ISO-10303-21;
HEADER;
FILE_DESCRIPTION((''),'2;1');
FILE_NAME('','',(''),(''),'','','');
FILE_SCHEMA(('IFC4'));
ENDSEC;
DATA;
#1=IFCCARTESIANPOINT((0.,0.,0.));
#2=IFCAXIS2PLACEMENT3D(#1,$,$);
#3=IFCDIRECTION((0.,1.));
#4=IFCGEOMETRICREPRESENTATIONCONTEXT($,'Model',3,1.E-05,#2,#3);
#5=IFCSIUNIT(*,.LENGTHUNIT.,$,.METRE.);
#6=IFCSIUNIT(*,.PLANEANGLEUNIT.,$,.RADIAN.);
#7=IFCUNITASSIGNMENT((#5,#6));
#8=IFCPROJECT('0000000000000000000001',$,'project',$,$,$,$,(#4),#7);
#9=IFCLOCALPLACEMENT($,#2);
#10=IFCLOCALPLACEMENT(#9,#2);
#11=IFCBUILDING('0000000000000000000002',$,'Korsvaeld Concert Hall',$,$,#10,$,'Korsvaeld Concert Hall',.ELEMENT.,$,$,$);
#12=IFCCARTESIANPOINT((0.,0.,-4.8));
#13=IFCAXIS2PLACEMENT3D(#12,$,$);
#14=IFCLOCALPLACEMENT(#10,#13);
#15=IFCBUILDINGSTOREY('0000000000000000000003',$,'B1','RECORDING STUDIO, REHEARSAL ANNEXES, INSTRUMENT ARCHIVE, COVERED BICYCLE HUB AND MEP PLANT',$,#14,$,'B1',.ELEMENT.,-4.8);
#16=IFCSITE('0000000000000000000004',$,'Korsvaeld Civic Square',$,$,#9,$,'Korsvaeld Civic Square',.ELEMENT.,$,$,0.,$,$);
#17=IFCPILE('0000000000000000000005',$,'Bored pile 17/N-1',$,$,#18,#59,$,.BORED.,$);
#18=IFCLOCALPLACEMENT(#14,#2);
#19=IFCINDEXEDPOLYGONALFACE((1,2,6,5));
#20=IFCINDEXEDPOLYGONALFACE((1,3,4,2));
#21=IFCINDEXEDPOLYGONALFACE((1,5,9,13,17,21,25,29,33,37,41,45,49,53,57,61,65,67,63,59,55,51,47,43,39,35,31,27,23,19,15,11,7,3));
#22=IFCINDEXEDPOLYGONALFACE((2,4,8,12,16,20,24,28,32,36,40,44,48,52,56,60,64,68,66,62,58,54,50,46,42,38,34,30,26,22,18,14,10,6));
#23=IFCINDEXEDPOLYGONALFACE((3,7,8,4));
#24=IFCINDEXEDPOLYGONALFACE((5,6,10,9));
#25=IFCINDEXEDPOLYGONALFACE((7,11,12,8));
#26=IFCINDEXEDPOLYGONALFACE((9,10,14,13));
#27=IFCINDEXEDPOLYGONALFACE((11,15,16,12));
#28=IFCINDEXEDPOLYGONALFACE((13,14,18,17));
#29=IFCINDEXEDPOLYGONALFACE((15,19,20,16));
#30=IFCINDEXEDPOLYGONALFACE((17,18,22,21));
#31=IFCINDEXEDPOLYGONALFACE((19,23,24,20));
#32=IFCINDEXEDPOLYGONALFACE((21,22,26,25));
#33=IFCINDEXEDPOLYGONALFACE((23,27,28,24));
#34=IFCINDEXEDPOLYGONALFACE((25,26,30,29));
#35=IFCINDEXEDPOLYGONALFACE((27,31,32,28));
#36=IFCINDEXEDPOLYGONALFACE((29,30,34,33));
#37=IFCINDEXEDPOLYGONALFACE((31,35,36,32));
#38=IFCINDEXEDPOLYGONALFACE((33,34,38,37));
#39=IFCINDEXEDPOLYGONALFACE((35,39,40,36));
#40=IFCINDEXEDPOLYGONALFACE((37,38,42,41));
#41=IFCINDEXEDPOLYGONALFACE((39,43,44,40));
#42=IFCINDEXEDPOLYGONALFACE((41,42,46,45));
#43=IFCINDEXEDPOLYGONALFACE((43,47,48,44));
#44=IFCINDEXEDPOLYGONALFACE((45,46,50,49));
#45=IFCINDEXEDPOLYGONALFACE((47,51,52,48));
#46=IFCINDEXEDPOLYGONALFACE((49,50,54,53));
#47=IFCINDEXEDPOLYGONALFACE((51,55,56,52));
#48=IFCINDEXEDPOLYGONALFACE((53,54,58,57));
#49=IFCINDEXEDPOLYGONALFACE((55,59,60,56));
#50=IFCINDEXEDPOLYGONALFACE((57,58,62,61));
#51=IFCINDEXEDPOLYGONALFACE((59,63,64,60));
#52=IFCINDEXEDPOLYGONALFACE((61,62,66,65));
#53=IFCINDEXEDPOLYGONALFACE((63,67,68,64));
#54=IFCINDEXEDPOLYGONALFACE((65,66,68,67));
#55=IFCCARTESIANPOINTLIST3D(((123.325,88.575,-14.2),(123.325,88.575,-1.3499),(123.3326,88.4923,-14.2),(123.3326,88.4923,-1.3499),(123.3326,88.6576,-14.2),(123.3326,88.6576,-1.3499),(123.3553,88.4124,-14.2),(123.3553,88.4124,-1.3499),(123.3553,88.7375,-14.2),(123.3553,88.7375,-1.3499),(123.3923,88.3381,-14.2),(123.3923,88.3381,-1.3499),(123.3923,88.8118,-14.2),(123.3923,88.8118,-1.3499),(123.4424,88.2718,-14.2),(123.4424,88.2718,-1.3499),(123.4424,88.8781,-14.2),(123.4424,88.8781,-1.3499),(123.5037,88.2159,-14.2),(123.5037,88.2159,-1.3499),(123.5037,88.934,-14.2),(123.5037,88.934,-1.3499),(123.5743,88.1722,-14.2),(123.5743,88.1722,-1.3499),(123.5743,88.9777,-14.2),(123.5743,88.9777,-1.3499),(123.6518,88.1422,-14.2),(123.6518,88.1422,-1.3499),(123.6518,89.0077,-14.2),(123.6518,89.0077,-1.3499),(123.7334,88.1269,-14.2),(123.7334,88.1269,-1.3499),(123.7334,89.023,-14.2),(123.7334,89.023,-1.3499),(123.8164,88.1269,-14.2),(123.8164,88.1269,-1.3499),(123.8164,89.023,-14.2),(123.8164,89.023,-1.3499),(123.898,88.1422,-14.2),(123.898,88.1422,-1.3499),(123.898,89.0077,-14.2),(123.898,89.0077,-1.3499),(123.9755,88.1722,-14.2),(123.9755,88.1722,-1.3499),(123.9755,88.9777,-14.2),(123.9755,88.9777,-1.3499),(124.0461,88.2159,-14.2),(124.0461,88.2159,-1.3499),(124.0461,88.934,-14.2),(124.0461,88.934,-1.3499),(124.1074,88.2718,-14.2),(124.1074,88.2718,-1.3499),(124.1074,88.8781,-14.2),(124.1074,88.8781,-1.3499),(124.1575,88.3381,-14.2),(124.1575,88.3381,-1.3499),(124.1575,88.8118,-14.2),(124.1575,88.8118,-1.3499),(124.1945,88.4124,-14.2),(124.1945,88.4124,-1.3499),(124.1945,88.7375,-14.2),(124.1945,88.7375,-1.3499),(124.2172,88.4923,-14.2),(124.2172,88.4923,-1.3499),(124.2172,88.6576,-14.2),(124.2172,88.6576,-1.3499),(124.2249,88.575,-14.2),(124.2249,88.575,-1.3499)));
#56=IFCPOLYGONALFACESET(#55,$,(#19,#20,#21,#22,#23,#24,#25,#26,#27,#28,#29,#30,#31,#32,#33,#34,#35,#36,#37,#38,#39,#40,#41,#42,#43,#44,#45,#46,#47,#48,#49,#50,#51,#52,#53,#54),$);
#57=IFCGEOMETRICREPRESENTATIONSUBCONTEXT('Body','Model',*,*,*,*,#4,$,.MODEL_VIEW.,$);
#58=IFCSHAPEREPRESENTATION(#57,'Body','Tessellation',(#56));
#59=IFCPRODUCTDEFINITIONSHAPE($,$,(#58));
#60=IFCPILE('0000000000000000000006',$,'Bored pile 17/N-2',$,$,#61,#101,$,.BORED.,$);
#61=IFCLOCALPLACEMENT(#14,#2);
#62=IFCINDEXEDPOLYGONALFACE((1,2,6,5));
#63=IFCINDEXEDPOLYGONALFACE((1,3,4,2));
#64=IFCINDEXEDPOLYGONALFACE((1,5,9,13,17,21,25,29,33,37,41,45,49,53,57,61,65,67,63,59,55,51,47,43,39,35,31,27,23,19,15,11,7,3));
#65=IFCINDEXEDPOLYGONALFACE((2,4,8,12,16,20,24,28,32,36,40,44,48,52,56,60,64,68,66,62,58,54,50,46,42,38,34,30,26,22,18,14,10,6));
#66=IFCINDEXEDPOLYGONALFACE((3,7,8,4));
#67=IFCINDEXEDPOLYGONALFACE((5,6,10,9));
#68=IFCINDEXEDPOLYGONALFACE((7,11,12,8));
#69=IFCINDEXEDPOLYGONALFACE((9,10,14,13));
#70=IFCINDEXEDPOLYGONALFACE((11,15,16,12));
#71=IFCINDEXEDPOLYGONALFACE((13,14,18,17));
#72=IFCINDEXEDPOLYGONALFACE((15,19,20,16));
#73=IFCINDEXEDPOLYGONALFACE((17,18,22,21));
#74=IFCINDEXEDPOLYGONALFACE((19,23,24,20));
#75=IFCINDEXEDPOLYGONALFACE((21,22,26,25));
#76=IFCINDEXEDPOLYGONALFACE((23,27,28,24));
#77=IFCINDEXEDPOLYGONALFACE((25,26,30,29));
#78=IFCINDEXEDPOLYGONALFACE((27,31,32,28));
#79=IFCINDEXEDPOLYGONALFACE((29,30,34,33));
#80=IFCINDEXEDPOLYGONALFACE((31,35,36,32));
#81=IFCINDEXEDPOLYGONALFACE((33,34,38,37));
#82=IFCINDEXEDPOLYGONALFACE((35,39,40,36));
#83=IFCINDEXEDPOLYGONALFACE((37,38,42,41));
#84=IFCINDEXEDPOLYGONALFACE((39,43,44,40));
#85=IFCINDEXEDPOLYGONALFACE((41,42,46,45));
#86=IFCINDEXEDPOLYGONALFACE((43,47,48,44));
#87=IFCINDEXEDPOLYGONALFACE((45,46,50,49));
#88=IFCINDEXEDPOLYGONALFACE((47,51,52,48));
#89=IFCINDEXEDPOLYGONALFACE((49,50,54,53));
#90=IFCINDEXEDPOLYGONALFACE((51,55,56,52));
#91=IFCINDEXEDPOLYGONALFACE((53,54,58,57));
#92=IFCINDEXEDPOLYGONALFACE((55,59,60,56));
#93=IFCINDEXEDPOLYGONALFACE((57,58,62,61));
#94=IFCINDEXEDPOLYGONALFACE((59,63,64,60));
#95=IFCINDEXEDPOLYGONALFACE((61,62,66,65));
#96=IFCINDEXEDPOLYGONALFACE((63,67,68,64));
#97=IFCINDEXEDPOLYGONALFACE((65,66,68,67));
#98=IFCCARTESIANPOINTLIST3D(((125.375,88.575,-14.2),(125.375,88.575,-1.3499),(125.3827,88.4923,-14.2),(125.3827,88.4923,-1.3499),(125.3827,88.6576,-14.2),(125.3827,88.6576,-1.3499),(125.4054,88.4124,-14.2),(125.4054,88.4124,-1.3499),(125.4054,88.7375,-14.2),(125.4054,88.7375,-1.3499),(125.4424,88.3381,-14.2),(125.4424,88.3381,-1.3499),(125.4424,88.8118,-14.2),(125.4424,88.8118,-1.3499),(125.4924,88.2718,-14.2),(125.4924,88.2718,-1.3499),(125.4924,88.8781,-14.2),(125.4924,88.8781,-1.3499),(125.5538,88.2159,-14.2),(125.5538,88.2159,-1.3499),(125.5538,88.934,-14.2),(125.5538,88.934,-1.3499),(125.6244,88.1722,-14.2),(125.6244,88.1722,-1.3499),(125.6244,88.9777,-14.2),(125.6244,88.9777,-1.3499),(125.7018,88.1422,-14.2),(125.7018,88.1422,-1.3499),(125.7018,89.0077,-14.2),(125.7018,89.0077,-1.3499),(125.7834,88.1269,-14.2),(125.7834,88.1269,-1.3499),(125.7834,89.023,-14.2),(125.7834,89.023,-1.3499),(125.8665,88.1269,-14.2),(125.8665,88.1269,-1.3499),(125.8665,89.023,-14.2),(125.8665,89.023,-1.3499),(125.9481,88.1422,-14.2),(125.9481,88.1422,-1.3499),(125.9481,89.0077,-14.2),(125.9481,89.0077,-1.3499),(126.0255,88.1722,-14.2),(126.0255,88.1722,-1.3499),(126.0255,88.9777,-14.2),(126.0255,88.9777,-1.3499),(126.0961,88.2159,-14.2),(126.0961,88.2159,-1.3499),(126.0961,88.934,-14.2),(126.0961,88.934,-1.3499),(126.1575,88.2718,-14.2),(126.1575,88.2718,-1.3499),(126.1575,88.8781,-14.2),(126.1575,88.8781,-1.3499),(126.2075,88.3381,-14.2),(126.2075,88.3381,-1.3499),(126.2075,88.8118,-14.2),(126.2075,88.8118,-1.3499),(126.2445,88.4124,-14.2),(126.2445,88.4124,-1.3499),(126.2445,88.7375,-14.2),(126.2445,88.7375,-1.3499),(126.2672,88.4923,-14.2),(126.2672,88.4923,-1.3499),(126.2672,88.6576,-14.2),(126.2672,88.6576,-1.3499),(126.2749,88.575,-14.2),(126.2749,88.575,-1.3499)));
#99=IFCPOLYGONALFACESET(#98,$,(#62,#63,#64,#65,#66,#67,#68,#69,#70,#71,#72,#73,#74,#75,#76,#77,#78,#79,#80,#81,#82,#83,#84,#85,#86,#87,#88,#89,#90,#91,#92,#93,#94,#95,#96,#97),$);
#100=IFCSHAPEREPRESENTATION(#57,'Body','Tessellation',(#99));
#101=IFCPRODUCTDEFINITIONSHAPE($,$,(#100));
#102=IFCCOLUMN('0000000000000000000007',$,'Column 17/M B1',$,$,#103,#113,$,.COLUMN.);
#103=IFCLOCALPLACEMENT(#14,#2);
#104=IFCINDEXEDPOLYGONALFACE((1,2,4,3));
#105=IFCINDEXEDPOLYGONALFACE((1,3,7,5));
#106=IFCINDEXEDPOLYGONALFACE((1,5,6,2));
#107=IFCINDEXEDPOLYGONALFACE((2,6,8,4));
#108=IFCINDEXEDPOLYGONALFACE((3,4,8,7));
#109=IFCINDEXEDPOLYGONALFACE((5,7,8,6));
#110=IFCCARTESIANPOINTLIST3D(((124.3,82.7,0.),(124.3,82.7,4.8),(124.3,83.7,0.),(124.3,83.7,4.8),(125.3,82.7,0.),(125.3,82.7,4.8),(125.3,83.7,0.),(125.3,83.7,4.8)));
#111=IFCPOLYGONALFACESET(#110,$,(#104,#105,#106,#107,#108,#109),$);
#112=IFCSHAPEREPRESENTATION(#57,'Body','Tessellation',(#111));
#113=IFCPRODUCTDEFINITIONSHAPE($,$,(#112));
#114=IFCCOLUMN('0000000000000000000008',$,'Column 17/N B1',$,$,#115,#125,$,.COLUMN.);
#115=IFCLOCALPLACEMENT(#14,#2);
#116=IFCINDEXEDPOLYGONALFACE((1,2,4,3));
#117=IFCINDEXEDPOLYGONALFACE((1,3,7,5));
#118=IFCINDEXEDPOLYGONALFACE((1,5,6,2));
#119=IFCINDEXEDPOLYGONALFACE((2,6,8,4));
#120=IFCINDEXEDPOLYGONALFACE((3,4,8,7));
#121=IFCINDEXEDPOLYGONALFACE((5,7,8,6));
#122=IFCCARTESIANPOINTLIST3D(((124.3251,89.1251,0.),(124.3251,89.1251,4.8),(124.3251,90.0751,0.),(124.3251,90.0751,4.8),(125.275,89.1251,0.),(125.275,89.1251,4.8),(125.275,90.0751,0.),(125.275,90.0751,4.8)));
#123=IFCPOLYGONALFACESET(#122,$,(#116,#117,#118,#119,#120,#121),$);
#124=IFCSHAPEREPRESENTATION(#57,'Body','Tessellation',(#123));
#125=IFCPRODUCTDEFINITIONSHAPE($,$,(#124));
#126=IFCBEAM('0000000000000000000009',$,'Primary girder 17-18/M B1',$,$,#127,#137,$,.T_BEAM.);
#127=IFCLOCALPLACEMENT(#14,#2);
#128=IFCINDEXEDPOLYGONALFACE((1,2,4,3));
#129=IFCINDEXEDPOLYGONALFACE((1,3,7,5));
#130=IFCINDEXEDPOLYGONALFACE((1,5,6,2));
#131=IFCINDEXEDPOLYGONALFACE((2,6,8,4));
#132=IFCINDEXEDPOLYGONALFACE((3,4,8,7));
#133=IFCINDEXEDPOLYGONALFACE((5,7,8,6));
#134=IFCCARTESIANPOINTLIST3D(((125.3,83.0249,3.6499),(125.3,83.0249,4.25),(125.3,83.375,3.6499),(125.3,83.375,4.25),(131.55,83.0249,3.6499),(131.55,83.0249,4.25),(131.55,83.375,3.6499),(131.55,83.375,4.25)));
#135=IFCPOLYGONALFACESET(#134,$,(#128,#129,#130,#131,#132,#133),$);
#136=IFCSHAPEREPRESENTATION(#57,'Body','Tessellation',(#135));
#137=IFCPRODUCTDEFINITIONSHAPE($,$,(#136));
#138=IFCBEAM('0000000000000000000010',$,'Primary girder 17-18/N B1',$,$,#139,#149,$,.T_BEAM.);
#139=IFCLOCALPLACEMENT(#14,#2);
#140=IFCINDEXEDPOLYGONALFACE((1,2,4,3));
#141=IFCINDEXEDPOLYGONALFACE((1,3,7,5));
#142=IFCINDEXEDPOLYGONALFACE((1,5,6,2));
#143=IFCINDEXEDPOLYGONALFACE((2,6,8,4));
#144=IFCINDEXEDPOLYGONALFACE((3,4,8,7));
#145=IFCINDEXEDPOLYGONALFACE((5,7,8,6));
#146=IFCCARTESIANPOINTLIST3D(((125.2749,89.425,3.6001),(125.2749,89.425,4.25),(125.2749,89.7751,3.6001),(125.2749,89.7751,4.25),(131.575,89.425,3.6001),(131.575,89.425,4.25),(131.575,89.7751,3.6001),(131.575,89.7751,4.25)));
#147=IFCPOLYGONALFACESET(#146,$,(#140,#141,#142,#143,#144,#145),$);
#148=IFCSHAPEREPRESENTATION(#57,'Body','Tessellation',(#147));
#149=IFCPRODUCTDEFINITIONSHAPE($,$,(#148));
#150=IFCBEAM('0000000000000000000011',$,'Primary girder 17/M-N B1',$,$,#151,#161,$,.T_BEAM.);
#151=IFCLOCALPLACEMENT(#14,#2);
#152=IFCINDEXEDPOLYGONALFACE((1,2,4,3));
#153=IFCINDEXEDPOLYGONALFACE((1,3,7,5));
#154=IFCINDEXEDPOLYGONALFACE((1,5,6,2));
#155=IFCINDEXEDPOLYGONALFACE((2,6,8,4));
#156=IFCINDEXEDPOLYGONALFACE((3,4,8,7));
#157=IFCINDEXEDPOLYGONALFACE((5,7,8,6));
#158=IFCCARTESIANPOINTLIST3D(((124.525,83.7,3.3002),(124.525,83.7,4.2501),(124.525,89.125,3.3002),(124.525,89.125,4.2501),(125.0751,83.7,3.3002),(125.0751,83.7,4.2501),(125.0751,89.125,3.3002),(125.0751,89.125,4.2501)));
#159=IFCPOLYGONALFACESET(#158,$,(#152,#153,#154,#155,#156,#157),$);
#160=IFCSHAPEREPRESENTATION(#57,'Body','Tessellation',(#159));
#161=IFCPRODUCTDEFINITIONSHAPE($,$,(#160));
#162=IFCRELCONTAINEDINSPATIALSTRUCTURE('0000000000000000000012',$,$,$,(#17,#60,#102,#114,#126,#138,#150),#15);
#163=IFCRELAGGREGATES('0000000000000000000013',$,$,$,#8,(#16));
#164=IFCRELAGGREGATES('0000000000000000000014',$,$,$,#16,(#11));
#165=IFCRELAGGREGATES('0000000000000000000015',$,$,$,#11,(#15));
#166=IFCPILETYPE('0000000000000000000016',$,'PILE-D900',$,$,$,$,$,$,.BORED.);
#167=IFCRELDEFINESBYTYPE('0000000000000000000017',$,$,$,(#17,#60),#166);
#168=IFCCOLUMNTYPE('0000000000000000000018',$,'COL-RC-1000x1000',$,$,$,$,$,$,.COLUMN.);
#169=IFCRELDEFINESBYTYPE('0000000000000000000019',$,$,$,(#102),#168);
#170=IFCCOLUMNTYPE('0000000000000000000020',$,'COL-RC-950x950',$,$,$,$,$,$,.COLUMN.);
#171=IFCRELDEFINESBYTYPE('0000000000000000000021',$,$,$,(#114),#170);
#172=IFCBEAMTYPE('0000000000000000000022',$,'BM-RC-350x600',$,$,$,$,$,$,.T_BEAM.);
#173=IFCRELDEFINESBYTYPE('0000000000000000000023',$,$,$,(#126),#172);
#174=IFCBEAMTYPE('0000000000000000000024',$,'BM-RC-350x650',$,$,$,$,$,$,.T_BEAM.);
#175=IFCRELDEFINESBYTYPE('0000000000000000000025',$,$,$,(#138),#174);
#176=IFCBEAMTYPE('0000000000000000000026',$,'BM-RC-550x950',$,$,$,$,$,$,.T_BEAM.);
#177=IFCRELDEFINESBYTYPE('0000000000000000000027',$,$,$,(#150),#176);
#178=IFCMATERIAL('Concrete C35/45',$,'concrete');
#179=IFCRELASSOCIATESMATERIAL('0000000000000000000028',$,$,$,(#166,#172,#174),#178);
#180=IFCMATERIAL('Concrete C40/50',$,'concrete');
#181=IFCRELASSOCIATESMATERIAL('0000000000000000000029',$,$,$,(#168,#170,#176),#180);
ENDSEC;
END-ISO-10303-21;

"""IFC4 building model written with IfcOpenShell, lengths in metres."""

from ifc_helpers import new_model, si_unit, direction, frame, origin, origin_2d, place, context, subcontext, project, spatial, rectangle, circle, extrude, material, material_profile, profile_set, type_object, element, save


model = new_model("IFC4")

# Units and contexts
model_context = context("Model", 3, precision=1e-05, world=origin(), true_north=direction((0.0, 1.0)))
body_context = subcontext(model_context, "Body", "Model", "MODEL_VIEW")
ifc_project = project(units=[si_unit("LENGTHUNIT", "METRE"), si_unit("PLANEANGLEUNIT", "RADIAN")], contexts=[model_context])

# Site, building, storey
site_placement = place(None, origin())
site = spatial("IfcSite", under=ifc_project, at=site_placement, Name="Korsvaeld Civic Square", LongName="Korsvaeld Civic Square", CompositionType="ELEMENT", RefElevation=0.0)
building_placement = place(site_placement, origin())
building = spatial("IfcBuilding", under=site, at=building_placement, Name="Korsvaeld Concert Hall", LongName="Korsvaeld Concert Hall", CompositionType="ELEMENT")
storey_placement = place(building_placement, frame((0.0, 0.0, -4.8)))
storey = spatial("IfcBuildingStorey", under=building, at=storey_placement, Name="B1", Description="RECORDING STUDIO, REHEARSAL ANNEXES, INSTRUMENT ARCHIVE, COVERED BICYCLE HUB AND MEP PLANT", LongName="B1", CompositionType="ELEMENT", Elevation=-4.8)

# Shared definitions
ifc_material_1 = material(Name="Concrete C35/45", Category="concrete")

# Piles
ifc_material_2 = material(Name="Concrete C40/50", Category="concrete")
ifc_material_profile_1 = material_profile(ifc_material_1, circle(Radius=0.45, at=origin_2d()), Name="BORED PILE D900")
ifc_profile_set_1 = profile_set([ifc_material_profile_1], Name="Concrete C35/45")
pile_type_1 = type_object("IfcPileType", Name="PILE-D900", PredefinedType="BORED", material=ifc_profile_set_1)
for number, where, z_axis, x_axis, name in (
    (1, (123.7749, 88.575, -1.3499), (0.0, 0.0, -1.0), (1.0, 0.0, 0.0), "Bored pile 17/N-1"),
    (2, (125.825, 88.575, -1.3499), (0.0, 0.0, -1.0), (1.0, 0.0, 0.0), "Bored pile 17/N-2"),
):
    element("IfcPile", number, at=place(storey_placement, frame(where, z_axis=z_axis, x_axis=x_axis)), inside=storey, type_object=pile_type_1, Name=name, PredefinedType="BORED", context=body_context, shape_type="SweptSolid", body=[
        extrude(circle(Radius=0.45, at=origin_2d()), origin(), (0.0, 0.0, 1.0), 12.8501),
    ])

# Columns
ifc_material_profile_2 = material_profile(ifc_material_2, rectangle(XDim=1.0, YDim=1.0, at=origin_2d()), Name="RC 1000x1000")
ifc_profile_set_2 = profile_set([ifc_material_profile_2], Name="Concrete C40/50")
column_type_1 = type_object("IfcColumnType", Name="COL-RC-1000x1000", PredefinedType="COLUMN", material=ifc_profile_set_2)
column_1_placement = place(storey_placement, frame((124.8, 83.2, 0.0), z_axis=(0.0, 0.0, 1.0), x_axis=(1.0, 0.0, 0.0)))
element("IfcColumn", 3, at=column_1_placement, inside=storey, type_object=column_type_1, Name="Column 17/M B1", PredefinedType="COLUMN", context=body_context, shape_type="SweptSolid", body=[
    extrude(rectangle(XDim=1.0, YDim=1.0, at=origin_2d()), origin(), (0.0, 0.0, 1.0), 4.8),
])
ifc_material_profile_3 = material_profile(ifc_material_2, rectangle(XDim=0.95, YDim=0.95, at=origin_2d()), Name="RC 950x950")
ifc_profile_set_3 = profile_set([ifc_material_profile_3], Name="Concrete C40/50")
column_type_2 = type_object("IfcColumnType", Name="COL-RC-950x950", PredefinedType="COLUMN", material=ifc_profile_set_3)
column_2_placement = place(storey_placement, frame((124.8, 89.6001, 0.0), z_axis=(0.0, 0.0, 1.0), x_axis=(1.0, 0.0, 0.0)))
element("IfcColumn", 4, at=column_2_placement, inside=storey, type_object=column_type_2, Name="Column 17/N B1", PredefinedType="COLUMN", context=body_context, shape_type="SweptSolid", body=[
    extrude(rectangle(XDim=0.95, YDim=0.95, at=origin_2d()), origin(), (0.0, 0.0, 1.0), 4.8),
])

# Beams
ifc_material_profile_4 = material_profile(ifc_material_1, rectangle(XDim=0.3501, YDim=0.6001, at=origin_2d()), Name="RC 350x600")
ifc_profile_set_4 = profile_set([ifc_material_profile_4], Name="Concrete C35/45")
beam_type_1 = type_object("IfcBeamType", Name="BM-RC-350x600", PredefinedType="T_BEAM", material=ifc_profile_set_4)
beam_1_placement = place(storey_placement, frame((125.3, 83.2, 3.95), z_axis=(1.0, 0.0, 0.0), x_axis=(0.0, 1.0, 0.0)))
element("IfcBeam", 5, at=beam_1_placement, inside=storey, type_object=beam_type_1, Name="Primary girder 17-18/M B1", PredefinedType="T_BEAM", context=body_context, shape_type="SweptSolid", body=[
    extrude(rectangle(XDim=0.3501, YDim=0.6001, at=origin_2d()), origin(), (0.0, 0.0, 1.0), 6.25),
])
ifc_material_profile_5 = material_profile(ifc_material_1, rectangle(XDim=0.3501, YDim=0.6499, at=origin_2d()), Name="RC 350x650")
ifc_profile_set_5 = profile_set([ifc_material_profile_5], Name="Concrete C35/45")
beam_type_2 = type_object("IfcBeamType", Name="BM-RC-350x650", PredefinedType="T_BEAM", material=ifc_profile_set_5)
beam_2_placement = place(storey_placement, frame((125.2749, 89.6001, 3.925), z_axis=(1.0, 0.0, 0.0), x_axis=(0.0, 1.0, 0.0)))
element("IfcBeam", 6, at=beam_2_placement, inside=storey, type_object=beam_type_2, Name="Primary girder 17-18/N B1", PredefinedType="T_BEAM", context=body_context, shape_type="SweptSolid", body=[
    extrude(rectangle(XDim=0.3501, YDim=0.6499, at=origin_2d()), origin(), (0.0, 0.0, 1.0), 6.3),
])
ifc_material_profile_6 = material_profile(ifc_material_2, rectangle(XDim=0.55, YDim=0.95, at=origin_2d()), Name="RC 550x950")
ifc_profile_set_6 = profile_set([ifc_material_profile_6], Name="Concrete C40/50")
beam_type_3 = type_object("IfcBeamType", Name="BM-RC-550x950", PredefinedType="T_BEAM", material=ifc_profile_set_6)
beam_3_placement = place(storey_placement, frame((124.8, 83.7, 3.7751), z_axis=(0.0, 1.0, 0.0), x_axis=(-1.0, 0.0, 0.0)))
element("IfcBeam", 7, at=beam_3_placement, inside=storey, type_object=beam_type_3, Name="Primary girder 17/M-N B1", PredefinedType="T_BEAM", context=body_context, shape_type="SweptSolid", body=[
    extrude(rectangle(XDim=0.55, YDim=0.95, at=origin_2d()), origin(), (0.0, 0.0, 1.0), 5.425),
])

save(model, "model.ifc")
